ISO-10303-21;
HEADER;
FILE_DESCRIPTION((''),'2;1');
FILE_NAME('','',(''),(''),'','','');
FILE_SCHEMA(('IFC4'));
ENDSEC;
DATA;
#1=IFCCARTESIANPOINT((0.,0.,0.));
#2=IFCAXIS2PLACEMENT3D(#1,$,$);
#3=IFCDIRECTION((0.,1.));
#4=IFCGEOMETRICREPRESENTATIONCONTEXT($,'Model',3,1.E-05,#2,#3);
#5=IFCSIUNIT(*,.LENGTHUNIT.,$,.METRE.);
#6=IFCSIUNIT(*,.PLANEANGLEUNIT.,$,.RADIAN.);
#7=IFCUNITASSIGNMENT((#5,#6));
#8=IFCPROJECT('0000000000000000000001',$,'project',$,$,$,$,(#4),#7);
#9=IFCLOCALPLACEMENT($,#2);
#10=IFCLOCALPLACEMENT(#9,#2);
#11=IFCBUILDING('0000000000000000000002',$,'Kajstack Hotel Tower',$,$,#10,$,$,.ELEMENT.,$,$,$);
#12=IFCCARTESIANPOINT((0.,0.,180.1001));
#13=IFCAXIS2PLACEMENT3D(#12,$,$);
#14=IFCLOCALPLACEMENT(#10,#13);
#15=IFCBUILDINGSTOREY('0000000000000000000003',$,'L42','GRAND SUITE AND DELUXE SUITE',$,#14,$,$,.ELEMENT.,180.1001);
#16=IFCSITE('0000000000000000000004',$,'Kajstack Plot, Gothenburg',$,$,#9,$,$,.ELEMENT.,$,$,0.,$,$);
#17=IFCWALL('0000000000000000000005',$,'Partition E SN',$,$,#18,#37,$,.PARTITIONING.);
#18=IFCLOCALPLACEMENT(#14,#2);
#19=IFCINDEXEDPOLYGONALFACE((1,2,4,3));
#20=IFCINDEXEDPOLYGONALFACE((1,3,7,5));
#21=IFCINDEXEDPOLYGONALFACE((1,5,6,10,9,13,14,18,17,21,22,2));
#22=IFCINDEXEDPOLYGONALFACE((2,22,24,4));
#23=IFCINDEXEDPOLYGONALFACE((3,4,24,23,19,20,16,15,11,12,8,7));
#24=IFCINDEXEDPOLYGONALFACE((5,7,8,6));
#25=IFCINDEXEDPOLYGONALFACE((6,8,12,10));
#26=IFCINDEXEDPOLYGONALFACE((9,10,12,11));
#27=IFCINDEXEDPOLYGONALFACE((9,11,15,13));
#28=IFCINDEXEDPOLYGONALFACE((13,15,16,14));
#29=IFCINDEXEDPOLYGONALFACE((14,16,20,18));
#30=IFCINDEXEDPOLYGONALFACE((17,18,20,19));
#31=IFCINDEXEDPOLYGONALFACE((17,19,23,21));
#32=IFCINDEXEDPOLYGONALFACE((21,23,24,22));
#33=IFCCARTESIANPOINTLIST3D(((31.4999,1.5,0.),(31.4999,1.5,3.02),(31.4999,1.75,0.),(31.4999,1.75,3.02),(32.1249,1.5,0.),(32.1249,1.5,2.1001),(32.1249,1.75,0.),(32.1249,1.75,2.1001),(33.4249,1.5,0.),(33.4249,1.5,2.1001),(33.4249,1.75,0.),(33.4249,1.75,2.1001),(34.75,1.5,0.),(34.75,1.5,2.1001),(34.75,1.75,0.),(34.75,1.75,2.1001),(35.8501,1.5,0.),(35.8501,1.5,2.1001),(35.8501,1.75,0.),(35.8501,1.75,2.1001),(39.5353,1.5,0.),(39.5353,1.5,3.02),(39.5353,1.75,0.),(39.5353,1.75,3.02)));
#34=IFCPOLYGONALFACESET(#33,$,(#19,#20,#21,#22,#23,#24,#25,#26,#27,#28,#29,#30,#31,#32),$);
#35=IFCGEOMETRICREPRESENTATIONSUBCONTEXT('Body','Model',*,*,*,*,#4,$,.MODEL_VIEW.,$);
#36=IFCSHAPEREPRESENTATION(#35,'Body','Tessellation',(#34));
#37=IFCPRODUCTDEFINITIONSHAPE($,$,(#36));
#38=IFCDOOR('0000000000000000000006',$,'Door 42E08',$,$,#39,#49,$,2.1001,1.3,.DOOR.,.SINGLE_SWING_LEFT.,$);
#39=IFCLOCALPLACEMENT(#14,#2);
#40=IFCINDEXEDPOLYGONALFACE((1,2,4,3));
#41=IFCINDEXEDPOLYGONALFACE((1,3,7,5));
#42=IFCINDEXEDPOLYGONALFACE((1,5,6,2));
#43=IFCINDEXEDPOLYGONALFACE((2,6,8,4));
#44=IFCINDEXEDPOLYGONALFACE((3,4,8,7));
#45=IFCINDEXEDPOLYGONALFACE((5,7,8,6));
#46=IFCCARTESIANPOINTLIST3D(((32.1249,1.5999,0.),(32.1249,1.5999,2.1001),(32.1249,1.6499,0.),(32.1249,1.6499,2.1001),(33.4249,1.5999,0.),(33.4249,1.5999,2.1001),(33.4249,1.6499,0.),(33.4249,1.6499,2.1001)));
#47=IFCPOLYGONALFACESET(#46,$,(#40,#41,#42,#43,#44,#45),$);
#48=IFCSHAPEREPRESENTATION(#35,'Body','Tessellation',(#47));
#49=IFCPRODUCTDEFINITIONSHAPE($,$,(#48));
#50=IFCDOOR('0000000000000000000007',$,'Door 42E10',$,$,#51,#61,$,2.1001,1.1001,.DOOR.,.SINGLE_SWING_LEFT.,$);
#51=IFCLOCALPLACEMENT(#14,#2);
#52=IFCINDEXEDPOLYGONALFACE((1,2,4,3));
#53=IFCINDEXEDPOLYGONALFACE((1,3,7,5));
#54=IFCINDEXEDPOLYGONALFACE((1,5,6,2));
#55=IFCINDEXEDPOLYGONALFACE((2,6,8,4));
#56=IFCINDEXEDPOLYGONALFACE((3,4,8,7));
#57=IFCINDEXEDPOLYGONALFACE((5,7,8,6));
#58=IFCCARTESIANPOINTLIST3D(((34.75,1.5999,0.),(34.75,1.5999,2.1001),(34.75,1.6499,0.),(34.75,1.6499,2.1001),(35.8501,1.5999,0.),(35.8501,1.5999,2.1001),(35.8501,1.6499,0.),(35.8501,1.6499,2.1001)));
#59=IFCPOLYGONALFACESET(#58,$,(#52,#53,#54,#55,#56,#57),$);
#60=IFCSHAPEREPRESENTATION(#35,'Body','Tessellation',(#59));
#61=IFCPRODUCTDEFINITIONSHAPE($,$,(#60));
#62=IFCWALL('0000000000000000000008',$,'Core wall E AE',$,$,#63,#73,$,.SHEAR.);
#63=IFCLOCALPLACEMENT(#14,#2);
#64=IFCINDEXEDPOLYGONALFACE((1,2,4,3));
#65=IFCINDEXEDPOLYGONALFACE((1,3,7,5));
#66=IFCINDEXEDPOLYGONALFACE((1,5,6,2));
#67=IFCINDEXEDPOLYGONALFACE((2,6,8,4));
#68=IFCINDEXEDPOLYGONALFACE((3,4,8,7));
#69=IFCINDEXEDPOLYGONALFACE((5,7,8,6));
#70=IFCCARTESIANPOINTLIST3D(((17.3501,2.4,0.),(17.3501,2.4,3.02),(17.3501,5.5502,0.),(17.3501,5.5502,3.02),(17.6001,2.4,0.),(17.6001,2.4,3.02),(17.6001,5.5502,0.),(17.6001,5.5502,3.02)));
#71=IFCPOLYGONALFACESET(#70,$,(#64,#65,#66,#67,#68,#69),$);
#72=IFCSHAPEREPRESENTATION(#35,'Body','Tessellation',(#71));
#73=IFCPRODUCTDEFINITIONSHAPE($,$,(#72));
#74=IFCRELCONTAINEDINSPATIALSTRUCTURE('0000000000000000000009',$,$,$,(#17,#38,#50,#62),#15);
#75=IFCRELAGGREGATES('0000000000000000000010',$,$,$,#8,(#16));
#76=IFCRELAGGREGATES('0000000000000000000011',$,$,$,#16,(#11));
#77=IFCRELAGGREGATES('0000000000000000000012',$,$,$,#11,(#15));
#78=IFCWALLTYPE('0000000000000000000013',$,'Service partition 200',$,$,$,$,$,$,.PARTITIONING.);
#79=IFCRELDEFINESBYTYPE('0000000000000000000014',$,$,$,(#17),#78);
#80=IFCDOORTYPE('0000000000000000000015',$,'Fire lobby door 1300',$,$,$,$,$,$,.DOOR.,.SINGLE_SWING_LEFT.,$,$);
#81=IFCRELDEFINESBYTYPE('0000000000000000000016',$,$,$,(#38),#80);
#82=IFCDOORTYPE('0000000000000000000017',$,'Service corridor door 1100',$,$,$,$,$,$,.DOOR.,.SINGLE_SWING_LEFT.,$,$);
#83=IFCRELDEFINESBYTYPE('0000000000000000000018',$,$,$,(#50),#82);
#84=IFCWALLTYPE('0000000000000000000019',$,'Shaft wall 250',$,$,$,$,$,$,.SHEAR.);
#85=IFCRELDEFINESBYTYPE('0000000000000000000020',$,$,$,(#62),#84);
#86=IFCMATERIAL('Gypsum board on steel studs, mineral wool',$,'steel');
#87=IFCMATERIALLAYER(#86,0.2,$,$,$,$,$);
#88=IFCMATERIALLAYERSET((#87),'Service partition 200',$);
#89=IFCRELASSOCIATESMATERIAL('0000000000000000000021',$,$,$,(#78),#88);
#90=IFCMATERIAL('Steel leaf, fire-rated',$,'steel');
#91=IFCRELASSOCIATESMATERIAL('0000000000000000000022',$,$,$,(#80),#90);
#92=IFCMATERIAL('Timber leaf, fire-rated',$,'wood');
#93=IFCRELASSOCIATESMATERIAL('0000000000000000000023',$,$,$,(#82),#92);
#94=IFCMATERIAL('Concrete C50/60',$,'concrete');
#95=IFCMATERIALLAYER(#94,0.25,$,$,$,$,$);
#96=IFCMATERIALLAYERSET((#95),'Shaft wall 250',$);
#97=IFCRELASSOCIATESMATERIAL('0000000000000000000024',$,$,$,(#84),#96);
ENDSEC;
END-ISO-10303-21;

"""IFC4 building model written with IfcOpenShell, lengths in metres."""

from ifc_helpers import new_model, si_unit, direction, frame, frame_2d, origin, place, context, subcontext, project, spatial, rectangle, extrude, material, layer, layer_set, type_object, element, fill, save


model = new_model("IFC4")

# Units and contexts
model_context = context("Model", 3, precision=1e-05, world=origin(), true_north=direction((0.0, 1.0)))
body_context = subcontext(model_context, "Body", "Model", "MODEL_VIEW")
ifc_project = project(units=[si_unit("LENGTHUNIT", "METRE"), si_unit("PLANEANGLEUNIT", "RADIAN")], contexts=[model_context])

# Site, building, storey
site_placement = place(None, origin())
site = spatial("IfcSite", under=ifc_project, at=site_placement, Name="Kajstack Plot, Gothenburg", CompositionType="ELEMENT", RefElevation=0.0)
building_placement = place(site_placement, origin())
building = spatial("IfcBuilding", under=site, at=building_placement, Name="Kajstack Hotel Tower", CompositionType="ELEMENT")
storey_placement = place(building_placement, frame((0.0, 0.0, 180.1001)))
storey = spatial("IfcBuildingStorey", under=building, at=storey_placement, Name="L42", Description="GRAND SUITE AND DELUXE SUITE", CompositionType="ELEMENT", Elevation=180.1001)

# Shared definitions
ifc_material_1 = material(Name="Concrete C50/60", Category="concrete")

# Wall, openings, doors
ifc_material_2 = material(Name="Gypsum board on steel studs, mineral wool", Category="steel")
ifc_layer_1 = layer(ifc_material_2, 0.2)
ifc_layer_set_1 = layer_set([ifc_layer_1], Name="Service partition 200")
wall_type_1 = type_object("IfcWallType", Name="Service partition 200", PredefinedType="PARTITIONING", material=ifc_layer_set_1)
wall_1_placement = place(storey_placement, frame((31.5, 1.625, 0.0), z_axis=(0.0, 0.0, 1.0), x_axis=(1.0, 0.0, 0.0)))
wall_1 = element("IfcWall", 1, at=wall_1_placement, inside=storey, type_object=wall_type_1, Name="Partition E SN", PredefinedType="PARTITIONING", context=body_context, shape_type="SweptSolid", body=[
    extrude(rectangle(XDim=8.0354, YDim=0.25, at=frame_2d((4.0176, 0.0))), origin(), (0.0, 0.0, 1.0), 3.02),
])
opening_1_placement = place(wall_1_placement, frame((0.625, 0.0, 0.0)))
opening_1 = element("IfcOpeningElement", 2, at=opening_1_placement, cuts=wall_1, PredefinedType="OPENING", context=body_context, shape_type="SweptSolid", body=[
    extrude(rectangle(XDim=1.3, YDim=2.1001, at=frame_2d((0.6499, 1.05))), frame((0.0, 0.135, 0.0), z_axis=(0.0, -1.0, 0.0), x_axis=(1.0, 0.0, 0.0)), (0.0, 0.0, 1.0), 0.27),
])
opening_2_placement = place(wall_1_placement, frame((3.25, 0.0, 0.0)))
opening_2 = element("IfcOpeningElement", 3, at=opening_2_placement, cuts=wall_1, PredefinedType="OPENING", context=body_context, shape_type="SweptSolid", body=[
    extrude(rectangle(XDim=1.1001, YDim=2.1001, at=frame_2d((0.55, 1.05))), frame((0.0, 0.135, 0.0), z_axis=(0.0, -1.0, 0.0), x_axis=(1.0, 0.0, 0.0)), (0.0, 0.0, 1.0), 0.27),
])
ifc_material_3 = material(Name="Steel leaf, fire-rated", Category="steel")
door_type_1 = type_object("IfcDoorType", Name="Fire lobby door 1300", OperationType="SINGLE_SWING_LEFT", PredefinedType="DOOR", material=ifc_material_3)
door_1_placement = place(opening_1_placement, origin())
door_1 = element("IfcDoor", 4, at=door_1_placement, inside=storey, type_object=door_type_1, Name="Door 42E08", OperationType="SINGLE_SWING_LEFT", OverallHeight=2.1001, OverallWidth=1.3, PredefinedType="DOOR", context=body_context, shape_type="SweptSolid", body=[
    extrude(rectangle(XDim=1.3, YDim=2.1001, at=frame_2d((0.6499, 1.05))), frame((0.0, 0.0249, 0.0), z_axis=(0.0, -1.0, 0.0), x_axis=(1.0, 0.0, 0.0)), (0.0, 0.0, 1.0), 0.05),
])
fill(opening_1, door_1)
ifc_material_4 = material(Name="Timber leaf, fire-rated", Category="wood")
door_type_2 = type_object("IfcDoorType", Name="Service corridor door 1100", OperationType="SINGLE_SWING_LEFT", PredefinedType="DOOR", material=ifc_material_4)
door_2_placement = place(opening_2_placement, origin())
door_2 = element("IfcDoor", 5, at=door_2_placement, inside=storey, type_object=door_type_2, Name="Door 42E10", OperationType="SINGLE_SWING_LEFT", OverallHeight=2.1001, OverallWidth=1.1001, PredefinedType="DOOR", context=body_context, shape_type="SweptSolid", body=[
    extrude(rectangle(XDim=1.1001, YDim=2.1001, at=frame_2d((0.55, 1.05))), frame((0.0, 0.0249, 0.0), z_axis=(0.0, -1.0, 0.0), x_axis=(1.0, 0.0, 0.0)), (0.0, 0.0, 1.0), 0.05),
])
fill(opening_2, door_2)

# Wall
ifc_layer_2 = layer(ifc_material_1, 0.25)
ifc_layer_set_2 = layer_set([ifc_layer_2], Name="Shaft wall 250")
wall_type_2 = type_object("IfcWallType", Name="Shaft wall 250", PredefinedType="SHEAR", material=ifc_layer_set_2)
wall_2_placement = place(storey_placement, frame((17.4751, 2.3999, 0.0), z_axis=(0.0, 0.0, 1.0), x_axis=(0.0, 1.0, 0.0)))
element("IfcWall", 6, at=wall_2_placement, inside=storey, type_object=wall_type_2, Name="Core wall E AE", PredefinedType="SHEAR", context=body_context, shape_type="SweptSolid", body=[
    extrude(rectangle(XDim=3.1501, YDim=0.25, at=frame_2d((1.5752, 0.0))), origin(), (0.0, 0.0, 1.0), 3.02),
])

save(model, "model.ifc")
